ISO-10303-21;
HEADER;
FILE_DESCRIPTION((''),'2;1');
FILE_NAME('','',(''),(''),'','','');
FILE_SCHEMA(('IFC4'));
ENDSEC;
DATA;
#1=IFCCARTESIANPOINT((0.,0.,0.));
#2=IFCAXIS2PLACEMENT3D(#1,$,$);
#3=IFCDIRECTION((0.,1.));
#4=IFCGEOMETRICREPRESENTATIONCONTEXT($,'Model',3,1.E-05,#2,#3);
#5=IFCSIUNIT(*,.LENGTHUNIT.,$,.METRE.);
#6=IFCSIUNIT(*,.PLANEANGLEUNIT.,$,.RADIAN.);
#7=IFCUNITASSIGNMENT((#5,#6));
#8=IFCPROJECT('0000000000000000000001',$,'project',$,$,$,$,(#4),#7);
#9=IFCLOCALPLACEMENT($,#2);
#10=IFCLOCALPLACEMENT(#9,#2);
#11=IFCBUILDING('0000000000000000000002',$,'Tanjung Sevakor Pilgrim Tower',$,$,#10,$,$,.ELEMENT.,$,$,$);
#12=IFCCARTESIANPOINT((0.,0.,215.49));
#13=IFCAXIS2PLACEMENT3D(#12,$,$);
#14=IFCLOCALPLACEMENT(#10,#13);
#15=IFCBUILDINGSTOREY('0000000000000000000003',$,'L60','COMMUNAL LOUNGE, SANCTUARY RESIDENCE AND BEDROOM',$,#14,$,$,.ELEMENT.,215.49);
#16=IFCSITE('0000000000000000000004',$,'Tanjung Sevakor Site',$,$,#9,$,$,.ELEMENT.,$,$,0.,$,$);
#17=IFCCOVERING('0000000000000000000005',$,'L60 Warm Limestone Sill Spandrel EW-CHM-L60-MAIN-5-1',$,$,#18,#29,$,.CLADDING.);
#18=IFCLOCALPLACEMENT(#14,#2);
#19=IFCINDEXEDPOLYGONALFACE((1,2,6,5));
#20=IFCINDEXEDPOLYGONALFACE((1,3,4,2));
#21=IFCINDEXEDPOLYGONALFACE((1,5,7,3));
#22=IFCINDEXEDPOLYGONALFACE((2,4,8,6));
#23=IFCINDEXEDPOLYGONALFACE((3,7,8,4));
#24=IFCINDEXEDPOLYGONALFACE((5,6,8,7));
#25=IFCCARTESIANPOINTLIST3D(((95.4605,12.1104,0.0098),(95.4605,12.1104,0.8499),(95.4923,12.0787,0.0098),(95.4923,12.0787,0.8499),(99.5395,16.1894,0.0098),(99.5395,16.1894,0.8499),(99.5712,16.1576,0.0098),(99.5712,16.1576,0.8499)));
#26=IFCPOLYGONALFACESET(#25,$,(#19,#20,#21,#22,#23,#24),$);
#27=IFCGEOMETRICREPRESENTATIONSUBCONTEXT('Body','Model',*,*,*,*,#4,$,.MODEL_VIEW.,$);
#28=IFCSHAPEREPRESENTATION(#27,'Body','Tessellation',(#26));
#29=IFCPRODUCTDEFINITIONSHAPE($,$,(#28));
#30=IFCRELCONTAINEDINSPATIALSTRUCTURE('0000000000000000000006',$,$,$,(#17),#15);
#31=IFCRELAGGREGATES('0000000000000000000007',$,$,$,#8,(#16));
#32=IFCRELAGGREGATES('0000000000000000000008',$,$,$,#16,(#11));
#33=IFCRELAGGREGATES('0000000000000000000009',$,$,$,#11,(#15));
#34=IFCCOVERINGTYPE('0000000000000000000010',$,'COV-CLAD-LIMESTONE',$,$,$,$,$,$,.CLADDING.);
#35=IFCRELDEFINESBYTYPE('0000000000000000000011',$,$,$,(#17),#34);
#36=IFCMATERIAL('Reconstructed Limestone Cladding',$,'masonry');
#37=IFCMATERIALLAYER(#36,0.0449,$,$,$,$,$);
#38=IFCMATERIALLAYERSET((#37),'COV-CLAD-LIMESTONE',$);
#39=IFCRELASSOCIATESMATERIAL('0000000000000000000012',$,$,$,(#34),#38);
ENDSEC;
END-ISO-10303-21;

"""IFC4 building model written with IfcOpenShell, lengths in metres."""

from ifc_helpers import new_model, si_unit, direction, frame, origin, origin_2d, place, context, subcontext, project, spatial, rectangle, extrude, material, layer, layer_set, type_object, element, save


model = new_model("IFC4")

# Units and contexts
model_context = context("Model", 3, precision=1e-05, world=origin(), true_north=direction((0.0, 1.0)))
body_context = subcontext(model_context, "Body", "Model", "MODEL_VIEW")
ifc_project = project(units=[si_unit("LENGTHUNIT", "METRE"), si_unit("PLANEANGLEUNIT", "RADIAN")], contexts=[model_context])

# Site, building, storey
site_placement = place(None, origin())
site = spatial("IfcSite", under=ifc_project, at=site_placement, Name="Tanjung Sevakor Site", CompositionType="ELEMENT", RefElevation=0.0)
building_placement = place(site_placement, origin())
building = spatial("IfcBuilding", under=site, at=building_placement, Name="Tanjung Sevakor Pilgrim Tower", CompositionType="ELEMENT")
storey_placement = place(building_placement, frame((0.0, 0.0, 215.49)))
storey = spatial("IfcBuildingStorey", under=building, at=storey_placement, Name="L60", Description="COMMUNAL LOUNGE, SANCTUARY RESIDENCE AND BEDROOM", CompositionType="ELEMENT", Elevation=215.49)

# Covering
ifc_material_1 = material(Name="Reconstructed Limestone Cladding", Category="masonry")
ifc_layer_1 = layer(ifc_material_1, 0.0449)
ifc_layer_set_1 = layer_set([ifc_layer_1], Name="COV-CLAD-LIMESTONE")
covering_type = type_object("IfcCoveringType", Name="COV-CLAD-LIMESTONE", PredefinedType="CLADDING", material=ifc_layer_set_1)
covering_1_placement = place(storey_placement, frame((97.5159, 14.134, 0.0098), z_axis=(0.0, 0.0, 1.0), x_axis=(0.707107, 0.707107, 0.0)))
element("IfcCovering", 1, at=covering_1_placement, inside=storey, type_object=covering_type, Name="L60 Warm Limestone Sill Spandrel EW-CHM-L60-MAIN-5-1", PredefinedType="CLADDING", context=body_context, shape_type="SweptSolid", body=[
    extrude(rectangle(XDim=5.7686, YDim=0.0449, at=origin_2d()), origin(), (0.0, 0.0, 1.0), 0.8401),
])

save(model, "model.ifc")
